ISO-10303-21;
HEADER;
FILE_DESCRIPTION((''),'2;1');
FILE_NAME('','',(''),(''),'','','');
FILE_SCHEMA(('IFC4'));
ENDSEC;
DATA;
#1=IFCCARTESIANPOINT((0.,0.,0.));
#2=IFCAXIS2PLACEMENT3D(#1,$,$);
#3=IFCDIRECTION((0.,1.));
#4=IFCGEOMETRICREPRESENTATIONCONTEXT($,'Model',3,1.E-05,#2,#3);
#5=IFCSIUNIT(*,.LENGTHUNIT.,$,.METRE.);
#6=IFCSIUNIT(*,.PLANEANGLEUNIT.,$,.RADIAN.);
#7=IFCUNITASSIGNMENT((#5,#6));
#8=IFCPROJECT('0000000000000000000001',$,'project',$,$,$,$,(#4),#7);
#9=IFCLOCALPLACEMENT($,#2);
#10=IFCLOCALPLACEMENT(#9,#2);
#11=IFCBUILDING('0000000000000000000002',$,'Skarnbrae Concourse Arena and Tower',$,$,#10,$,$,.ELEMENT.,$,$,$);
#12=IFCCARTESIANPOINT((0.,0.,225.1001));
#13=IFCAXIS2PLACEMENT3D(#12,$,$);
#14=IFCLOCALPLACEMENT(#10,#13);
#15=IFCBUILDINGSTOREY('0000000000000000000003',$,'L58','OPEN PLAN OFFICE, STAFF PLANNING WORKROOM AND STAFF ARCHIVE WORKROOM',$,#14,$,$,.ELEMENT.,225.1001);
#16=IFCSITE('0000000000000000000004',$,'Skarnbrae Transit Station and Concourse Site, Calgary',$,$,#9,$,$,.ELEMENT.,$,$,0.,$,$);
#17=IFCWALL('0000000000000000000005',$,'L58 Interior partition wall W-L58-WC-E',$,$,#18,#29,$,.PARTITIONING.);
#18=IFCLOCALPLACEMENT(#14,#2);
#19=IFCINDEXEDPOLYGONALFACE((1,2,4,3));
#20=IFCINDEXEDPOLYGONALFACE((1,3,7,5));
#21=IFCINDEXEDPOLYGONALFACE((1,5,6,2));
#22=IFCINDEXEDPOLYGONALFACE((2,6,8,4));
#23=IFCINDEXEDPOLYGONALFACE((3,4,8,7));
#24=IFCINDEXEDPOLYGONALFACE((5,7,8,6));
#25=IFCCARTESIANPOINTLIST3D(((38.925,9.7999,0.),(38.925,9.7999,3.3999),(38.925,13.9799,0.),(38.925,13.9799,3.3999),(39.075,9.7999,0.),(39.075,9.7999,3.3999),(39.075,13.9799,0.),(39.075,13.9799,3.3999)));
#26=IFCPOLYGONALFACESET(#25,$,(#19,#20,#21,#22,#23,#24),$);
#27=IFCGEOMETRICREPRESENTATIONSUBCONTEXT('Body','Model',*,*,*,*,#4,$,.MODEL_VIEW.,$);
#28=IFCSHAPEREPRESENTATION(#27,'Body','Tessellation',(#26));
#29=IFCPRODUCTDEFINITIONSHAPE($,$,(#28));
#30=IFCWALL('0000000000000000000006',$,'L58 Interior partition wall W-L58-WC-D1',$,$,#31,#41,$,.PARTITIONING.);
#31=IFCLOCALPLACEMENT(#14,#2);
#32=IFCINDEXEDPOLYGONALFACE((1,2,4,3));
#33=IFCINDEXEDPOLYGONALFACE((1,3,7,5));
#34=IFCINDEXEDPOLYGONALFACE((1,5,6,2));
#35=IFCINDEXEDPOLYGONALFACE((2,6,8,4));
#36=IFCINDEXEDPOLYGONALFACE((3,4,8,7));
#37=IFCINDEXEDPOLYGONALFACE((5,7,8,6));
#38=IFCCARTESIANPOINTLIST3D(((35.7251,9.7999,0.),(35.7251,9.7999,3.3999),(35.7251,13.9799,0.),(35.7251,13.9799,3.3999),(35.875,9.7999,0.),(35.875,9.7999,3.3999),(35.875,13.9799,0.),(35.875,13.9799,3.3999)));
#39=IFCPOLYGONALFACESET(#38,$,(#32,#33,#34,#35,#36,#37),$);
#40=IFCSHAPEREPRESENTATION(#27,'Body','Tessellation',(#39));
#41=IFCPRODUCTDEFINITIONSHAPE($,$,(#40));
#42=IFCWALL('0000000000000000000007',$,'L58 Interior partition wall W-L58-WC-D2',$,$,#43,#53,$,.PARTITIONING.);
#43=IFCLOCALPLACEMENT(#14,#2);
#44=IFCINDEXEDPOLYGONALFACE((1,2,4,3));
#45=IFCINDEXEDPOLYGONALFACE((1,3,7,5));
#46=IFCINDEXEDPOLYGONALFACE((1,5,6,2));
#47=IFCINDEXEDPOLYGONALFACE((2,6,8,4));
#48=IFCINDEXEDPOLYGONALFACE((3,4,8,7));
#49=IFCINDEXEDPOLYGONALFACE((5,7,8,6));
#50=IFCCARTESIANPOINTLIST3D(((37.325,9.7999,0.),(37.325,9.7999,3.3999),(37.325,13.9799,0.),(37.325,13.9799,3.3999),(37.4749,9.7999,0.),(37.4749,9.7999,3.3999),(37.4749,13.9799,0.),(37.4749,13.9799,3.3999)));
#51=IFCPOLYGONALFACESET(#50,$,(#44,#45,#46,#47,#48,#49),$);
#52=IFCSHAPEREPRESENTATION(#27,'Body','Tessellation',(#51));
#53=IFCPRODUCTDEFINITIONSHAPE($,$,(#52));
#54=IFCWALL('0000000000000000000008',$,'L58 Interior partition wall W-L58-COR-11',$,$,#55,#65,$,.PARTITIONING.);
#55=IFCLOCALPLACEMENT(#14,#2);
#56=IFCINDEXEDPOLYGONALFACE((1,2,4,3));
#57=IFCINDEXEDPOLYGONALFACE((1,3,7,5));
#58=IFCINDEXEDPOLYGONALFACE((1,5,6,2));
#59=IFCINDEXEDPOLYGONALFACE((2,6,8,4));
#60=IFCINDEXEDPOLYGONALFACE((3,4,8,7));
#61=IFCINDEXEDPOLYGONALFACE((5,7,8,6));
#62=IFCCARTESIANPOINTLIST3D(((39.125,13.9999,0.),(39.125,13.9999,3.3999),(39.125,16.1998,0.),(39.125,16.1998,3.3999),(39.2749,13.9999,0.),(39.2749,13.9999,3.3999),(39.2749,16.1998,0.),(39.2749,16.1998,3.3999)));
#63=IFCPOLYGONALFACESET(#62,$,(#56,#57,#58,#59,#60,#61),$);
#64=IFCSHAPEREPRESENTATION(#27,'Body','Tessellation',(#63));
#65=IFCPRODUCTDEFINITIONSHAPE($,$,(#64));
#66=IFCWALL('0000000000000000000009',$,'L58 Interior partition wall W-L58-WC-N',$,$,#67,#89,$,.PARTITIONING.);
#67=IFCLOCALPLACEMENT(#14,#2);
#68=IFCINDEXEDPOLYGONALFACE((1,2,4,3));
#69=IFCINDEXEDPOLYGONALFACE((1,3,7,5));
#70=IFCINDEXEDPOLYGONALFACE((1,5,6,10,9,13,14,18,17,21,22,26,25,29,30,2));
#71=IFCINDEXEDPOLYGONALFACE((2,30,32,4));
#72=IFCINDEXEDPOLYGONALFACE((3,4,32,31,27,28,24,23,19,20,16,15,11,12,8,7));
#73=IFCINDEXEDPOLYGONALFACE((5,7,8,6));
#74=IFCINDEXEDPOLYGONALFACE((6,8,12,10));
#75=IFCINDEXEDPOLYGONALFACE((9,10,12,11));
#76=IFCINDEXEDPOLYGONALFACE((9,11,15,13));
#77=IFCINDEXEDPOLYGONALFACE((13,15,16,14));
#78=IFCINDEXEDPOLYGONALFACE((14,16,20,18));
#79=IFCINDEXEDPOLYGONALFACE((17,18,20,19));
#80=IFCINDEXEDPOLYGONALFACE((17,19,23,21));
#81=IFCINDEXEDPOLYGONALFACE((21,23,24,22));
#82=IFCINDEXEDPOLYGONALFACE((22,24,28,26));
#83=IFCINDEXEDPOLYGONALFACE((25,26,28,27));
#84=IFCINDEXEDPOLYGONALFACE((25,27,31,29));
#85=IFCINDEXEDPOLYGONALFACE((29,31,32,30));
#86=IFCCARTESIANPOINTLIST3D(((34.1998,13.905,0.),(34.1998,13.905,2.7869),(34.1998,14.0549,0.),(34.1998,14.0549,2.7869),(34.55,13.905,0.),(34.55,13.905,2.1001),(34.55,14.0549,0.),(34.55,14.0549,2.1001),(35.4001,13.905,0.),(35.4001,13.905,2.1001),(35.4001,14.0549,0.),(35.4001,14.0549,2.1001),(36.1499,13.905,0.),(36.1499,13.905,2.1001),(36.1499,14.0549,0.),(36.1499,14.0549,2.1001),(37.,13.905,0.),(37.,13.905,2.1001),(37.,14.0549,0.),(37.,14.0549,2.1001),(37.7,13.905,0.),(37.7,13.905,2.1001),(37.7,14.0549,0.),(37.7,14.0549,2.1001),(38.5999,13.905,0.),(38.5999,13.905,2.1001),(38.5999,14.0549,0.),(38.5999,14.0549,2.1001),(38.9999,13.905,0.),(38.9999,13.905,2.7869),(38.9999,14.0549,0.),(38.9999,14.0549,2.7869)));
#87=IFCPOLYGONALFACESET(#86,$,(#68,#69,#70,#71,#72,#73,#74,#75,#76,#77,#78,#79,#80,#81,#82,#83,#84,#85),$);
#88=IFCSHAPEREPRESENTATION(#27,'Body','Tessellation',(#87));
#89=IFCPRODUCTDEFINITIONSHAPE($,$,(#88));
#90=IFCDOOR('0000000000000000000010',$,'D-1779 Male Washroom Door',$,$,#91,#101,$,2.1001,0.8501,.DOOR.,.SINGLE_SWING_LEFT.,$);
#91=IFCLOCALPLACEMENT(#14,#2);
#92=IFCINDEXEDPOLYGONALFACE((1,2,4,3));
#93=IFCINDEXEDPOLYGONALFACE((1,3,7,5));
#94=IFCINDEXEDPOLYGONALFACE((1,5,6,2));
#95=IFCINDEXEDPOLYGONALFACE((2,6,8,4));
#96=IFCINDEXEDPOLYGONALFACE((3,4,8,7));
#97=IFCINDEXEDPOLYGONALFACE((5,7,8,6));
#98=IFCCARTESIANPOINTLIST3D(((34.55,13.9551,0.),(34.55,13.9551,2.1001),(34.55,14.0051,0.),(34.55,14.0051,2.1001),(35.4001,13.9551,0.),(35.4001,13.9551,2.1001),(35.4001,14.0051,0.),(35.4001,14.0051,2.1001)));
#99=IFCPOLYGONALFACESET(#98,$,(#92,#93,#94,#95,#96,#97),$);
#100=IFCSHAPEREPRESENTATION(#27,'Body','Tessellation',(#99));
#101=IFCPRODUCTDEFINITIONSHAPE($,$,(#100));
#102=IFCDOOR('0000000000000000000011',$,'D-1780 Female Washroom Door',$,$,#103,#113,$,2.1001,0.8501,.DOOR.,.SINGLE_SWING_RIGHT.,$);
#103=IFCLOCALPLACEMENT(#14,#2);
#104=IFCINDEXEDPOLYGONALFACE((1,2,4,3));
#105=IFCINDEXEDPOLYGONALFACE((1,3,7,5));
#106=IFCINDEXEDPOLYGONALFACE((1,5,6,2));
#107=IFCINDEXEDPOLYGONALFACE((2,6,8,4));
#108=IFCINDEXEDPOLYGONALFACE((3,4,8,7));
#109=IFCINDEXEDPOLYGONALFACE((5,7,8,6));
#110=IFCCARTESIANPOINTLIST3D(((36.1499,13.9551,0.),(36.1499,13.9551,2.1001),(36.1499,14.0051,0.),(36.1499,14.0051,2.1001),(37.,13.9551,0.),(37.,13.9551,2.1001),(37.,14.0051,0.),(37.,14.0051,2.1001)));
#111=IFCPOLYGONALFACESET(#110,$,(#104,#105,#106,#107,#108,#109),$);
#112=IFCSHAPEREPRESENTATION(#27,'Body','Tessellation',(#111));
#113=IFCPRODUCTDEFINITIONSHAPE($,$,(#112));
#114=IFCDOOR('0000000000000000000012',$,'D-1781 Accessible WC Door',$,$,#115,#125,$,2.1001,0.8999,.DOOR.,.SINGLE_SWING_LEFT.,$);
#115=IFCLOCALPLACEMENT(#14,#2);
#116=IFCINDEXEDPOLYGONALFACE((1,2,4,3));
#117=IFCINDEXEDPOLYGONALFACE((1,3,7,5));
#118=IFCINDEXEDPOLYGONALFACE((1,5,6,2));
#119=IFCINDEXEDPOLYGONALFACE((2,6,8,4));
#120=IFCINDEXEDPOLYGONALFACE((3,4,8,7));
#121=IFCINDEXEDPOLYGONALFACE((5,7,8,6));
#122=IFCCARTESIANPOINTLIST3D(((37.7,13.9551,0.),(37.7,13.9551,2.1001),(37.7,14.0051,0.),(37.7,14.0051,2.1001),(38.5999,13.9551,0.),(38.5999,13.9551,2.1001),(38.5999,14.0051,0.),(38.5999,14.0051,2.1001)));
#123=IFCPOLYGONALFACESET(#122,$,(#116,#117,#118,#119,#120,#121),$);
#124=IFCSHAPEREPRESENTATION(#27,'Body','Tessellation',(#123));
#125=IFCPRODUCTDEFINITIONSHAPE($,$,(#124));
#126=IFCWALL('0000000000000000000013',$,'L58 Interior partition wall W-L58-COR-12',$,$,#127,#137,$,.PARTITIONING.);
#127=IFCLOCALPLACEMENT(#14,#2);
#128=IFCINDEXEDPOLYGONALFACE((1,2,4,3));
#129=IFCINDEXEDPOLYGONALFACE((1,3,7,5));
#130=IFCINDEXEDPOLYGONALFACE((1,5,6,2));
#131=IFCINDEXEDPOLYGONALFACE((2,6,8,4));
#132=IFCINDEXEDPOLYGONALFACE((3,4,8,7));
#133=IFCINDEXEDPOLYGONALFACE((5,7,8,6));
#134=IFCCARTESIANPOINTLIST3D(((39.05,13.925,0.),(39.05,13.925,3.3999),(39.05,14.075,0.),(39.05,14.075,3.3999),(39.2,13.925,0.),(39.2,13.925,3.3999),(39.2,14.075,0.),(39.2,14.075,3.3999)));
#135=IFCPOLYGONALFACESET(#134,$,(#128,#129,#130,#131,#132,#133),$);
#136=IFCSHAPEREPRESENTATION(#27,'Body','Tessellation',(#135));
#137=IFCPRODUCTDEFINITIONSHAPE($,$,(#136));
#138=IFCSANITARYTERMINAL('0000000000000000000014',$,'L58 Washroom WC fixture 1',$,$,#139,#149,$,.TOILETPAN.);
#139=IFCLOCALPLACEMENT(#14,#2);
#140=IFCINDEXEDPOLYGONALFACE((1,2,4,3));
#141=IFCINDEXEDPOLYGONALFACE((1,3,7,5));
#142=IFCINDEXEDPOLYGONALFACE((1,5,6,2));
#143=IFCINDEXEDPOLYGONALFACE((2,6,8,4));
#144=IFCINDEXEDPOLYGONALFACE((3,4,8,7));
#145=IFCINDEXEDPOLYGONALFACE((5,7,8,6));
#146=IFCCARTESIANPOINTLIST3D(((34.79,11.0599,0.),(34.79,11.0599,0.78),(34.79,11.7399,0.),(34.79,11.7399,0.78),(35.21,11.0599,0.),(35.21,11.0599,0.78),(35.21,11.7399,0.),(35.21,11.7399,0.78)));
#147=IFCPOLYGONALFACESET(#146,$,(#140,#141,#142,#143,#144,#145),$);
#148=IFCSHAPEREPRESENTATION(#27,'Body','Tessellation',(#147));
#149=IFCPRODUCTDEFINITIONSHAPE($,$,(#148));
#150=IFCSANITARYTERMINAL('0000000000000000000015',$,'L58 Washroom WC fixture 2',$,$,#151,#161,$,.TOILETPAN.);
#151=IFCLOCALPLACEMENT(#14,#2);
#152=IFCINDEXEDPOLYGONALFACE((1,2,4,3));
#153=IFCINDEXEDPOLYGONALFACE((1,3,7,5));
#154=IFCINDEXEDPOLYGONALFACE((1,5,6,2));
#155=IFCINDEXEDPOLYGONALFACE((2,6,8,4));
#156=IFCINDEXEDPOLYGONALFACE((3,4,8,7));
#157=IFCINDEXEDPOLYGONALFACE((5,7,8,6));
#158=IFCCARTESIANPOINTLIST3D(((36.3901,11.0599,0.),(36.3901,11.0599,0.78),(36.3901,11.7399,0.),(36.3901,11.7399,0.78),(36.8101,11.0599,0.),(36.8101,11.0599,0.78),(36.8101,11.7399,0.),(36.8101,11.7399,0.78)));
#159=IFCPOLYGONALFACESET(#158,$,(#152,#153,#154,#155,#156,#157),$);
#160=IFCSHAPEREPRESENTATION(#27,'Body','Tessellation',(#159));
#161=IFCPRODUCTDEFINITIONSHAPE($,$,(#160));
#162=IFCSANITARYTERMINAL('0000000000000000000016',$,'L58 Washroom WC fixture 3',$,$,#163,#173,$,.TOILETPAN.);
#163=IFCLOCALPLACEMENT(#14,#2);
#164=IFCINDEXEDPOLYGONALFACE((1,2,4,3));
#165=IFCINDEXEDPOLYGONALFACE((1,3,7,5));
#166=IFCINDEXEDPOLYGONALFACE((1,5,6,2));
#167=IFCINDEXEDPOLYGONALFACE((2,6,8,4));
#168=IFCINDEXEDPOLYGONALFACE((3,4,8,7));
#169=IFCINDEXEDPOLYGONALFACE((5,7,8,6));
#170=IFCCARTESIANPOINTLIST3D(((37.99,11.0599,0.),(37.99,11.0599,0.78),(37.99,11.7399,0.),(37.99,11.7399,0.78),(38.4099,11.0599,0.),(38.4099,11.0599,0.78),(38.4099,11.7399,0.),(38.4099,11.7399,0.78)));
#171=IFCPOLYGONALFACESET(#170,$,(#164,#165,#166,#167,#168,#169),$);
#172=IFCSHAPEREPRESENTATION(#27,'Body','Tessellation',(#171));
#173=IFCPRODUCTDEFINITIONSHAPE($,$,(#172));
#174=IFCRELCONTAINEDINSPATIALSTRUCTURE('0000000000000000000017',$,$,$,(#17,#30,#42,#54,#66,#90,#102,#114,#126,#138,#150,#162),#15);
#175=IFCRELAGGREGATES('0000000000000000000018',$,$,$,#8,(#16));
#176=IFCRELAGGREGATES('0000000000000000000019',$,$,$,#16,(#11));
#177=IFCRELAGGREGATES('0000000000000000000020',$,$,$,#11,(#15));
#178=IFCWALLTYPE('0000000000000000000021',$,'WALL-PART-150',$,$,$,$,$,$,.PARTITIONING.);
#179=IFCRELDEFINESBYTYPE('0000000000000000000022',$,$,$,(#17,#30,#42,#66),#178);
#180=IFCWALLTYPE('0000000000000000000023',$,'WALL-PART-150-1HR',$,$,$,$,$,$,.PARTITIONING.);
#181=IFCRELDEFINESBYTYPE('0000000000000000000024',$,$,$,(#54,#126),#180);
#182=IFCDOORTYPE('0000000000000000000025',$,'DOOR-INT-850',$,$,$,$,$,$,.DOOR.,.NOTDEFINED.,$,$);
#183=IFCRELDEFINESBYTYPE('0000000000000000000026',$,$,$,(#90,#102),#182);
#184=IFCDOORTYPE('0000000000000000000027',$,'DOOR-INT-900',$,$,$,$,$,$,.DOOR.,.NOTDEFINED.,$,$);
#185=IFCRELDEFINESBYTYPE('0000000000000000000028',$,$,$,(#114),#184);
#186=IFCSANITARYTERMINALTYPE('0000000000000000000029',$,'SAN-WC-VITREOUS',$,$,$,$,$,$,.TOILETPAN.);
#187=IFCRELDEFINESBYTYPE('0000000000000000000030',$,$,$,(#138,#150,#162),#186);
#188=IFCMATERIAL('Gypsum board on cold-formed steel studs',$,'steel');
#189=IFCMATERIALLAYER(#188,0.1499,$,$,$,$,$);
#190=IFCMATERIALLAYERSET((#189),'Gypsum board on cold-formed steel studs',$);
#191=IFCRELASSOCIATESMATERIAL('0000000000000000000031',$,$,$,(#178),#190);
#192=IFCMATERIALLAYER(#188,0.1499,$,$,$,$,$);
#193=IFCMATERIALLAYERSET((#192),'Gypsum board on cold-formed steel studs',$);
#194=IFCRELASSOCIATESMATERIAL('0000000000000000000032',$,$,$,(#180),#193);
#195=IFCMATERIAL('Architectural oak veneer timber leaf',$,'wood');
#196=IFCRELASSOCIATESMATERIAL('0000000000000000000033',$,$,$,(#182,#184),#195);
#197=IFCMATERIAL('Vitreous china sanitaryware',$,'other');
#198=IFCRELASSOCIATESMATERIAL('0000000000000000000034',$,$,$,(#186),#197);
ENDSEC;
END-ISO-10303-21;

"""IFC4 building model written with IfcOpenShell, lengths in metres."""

from ifc_helpers import new_model, si_unit, direction, frame, frame_2d, origin, origin_2d, place, context, subcontext, project, spatial, rectangle, extrude, source, transform, mapped, material, layer, layer_set, type_object, element, fill, save


model = new_model("IFC4")

# Units and contexts
model_context = context("Model", 3, precision=1e-05, world=origin(), true_north=direction((0.0, 1.0)))
body_context = subcontext(model_context, "Body", "Model", "MODEL_VIEW")
ifc_project = project(units=[si_unit("LENGTHUNIT", "METRE"), si_unit("PLANEANGLEUNIT", "RADIAN")], contexts=[model_context])

# Site, building, storey
site_placement = place(None, origin())
site = spatial("IfcSite", under=ifc_project, at=site_placement, Name="Skarnbrae Transit Station and Concourse Site, Calgary", CompositionType="ELEMENT", RefElevation=0.0)
building_placement = place(site_placement, origin())
building = spatial("IfcBuilding", under=site, at=building_placement, Name="Skarnbrae Concourse Arena and Tower", CompositionType="ELEMENT")
storey_placement = place(building_placement, frame((0.0, 0.0, 225.1001)))
storey = spatial("IfcBuildingStorey", under=building, at=storey_placement, Name="L58", Description="OPEN PLAN OFFICE, STAFF PLANNING WORKROOM AND STAFF ARCHIVE WORKROOM", CompositionType="ELEMENT", Elevation=225.1001)

# Walls
ifc_material_1 = material(Name="Gypsum board on cold-formed steel studs", Category="steel")
ifc_layer_1 = layer(ifc_material_1, 0.1499)
ifc_layer_set_1 = layer_set([ifc_layer_1], Name="Gypsum board on cold-formed steel studs")
wall_type_1 = type_object("IfcWallType", Name="WALL-PART-150", PredefinedType="PARTITIONING", material=ifc_layer_set_1)
shared_shape_1 = source(origin(), body_context, "Body", "SweptSolid", [
    extrude(rectangle(XDim=4.1799, YDim=0.1499, at=frame_2d((2.0898, 0.0))), origin(), (0.0, 0.0, 1.0), 3.3999),
])
for number, where, z_axis, x_axis, name in (
    (1, (39.0, 9.8, 0.0), (0.0, 0.0, 1.0), (0.0, 1.0, 0.0), "L58 Interior partition wall W-L58-WC-E"),
    (2, (35.8, 9.8, 0.0), (0.0, 0.0, 1.0), (0.0, 1.0, 0.0), "L58 Interior partition wall W-L58-WC-D1"),
    (3, (37.3999, 9.8, 0.0), (0.0, 0.0, 1.0), (0.0, 1.0, 0.0), "L58 Interior partition wall W-L58-WC-D2"),
):
    element("IfcWall", number, at=place(storey_placement, frame(where, z_axis=z_axis, x_axis=x_axis)), inside=storey, type_object=wall_type_1, Name=name, PredefinedType="PARTITIONING", context=body_context, shape_type="MappedRepresentation", body=[
        mapped(shared_shape_1, transform((0.0, 0.0, 0.0))),
    ])
ifc_layer_2 = layer(ifc_material_1, 0.1499)
ifc_layer_set_2 = layer_set([ifc_layer_2], Name="Gypsum board on cold-formed steel studs")
wall_type_2 = type_object("IfcWallType", Name="WALL-PART-150-1HR", PredefinedType="PARTITIONING", material=ifc_layer_set_2)
shared_shape_2 = source(origin(), body_context, "Body", "SweptSolid", [
    extrude(rectangle(XDim=2.2, YDim=0.1499, at=frame_2d((1.1001, 0.0))), origin(), (0.0, 0.0, 1.0), 3.3999),
])
wall_1_placement = place(storey_placement, frame((39.2, 16.2, 0.0), z_axis=(0.0, 0.0, 1.0), x_axis=(0.0, -1.0, 0.0)))
element("IfcWall", 4, at=wall_1_placement, inside=storey, type_object=wall_type_2, Name="L58 Interior partition wall W-L58-COR-11", PredefinedType="PARTITIONING", context=body_context, shape_type="MappedRepresentation", body=[
    mapped(shared_shape_2, transform((0.0, 0.0, 0.0))),
])

# Wall, openings, doors
shared_shape_3 = source(origin(), body_context, "Body", "SweptSolid", [
    extrude(rectangle(XDim=4.8, YDim=0.1499, at=frame_2d((2.3999, 0.0))), origin(), (0.0, 0.0, 1.0), 2.7869),
])
wall_2_placement = place(storey_placement, frame((34.2, 13.98, 0.0), z_axis=(0.0, 0.0, 1.0), x_axis=(1.0, 0.0, 0.0)))
wall_2 = element("IfcWall", 5, at=wall_2_placement, inside=storey, type_object=wall_type_1, Name="L58 Interior partition wall W-L58-WC-N", PredefinedType="PARTITIONING", context=body_context, shape_type="MappedRepresentation", body=[
    mapped(shared_shape_3, transform((0.0, 0.0, 0.0))),
])
opening_1_placement = place(wall_2_placement, frame((0.3501, 0.0, 0.0)))
opening_1 = element("IfcOpeningElement", 6, at=opening_1_placement, cuts=wall_2, PredefinedType="OPENING", context=body_context, shape_type="SweptSolid", body=[
    extrude(rectangle(XDim=0.8501, YDim=2.1001, at=frame_2d((0.425, 1.05))), frame((0.0, 0.085, 0.0), z_axis=(0.0, -1.0, 0.0), x_axis=(1.0, 0.0, 0.0)), (0.0, 0.0, 1.0), 0.1699),
])
opening_2_placement = place(wall_2_placement, frame((1.95, 0.0, 0.0)))
opening_2 = element("IfcOpeningElement", 7, at=opening_2_placement, cuts=wall_2, PredefinedType="OPENING", context=body_context, shape_type="SweptSolid", body=[
    extrude(rectangle(XDim=0.8501, YDim=2.1001, at=frame_2d((0.425, 1.05))), frame((0.0, 0.085, 0.0), z_axis=(0.0, -1.0, 0.0), x_axis=(1.0, 0.0, 0.0)), (0.0, 0.0, 1.0), 0.1699),
])
opening_3_placement = place(wall_2_placement, frame((3.5, 0.0, 0.0)))
opening_3 = element("IfcOpeningElement", 8, at=opening_3_placement, cuts=wall_2, PredefinedType="OPENING", context=body_context, shape_type="SweptSolid", body=[
    extrude(rectangle(XDim=0.8999, YDim=2.1001, at=frame_2d((0.45, 1.05))), frame((0.0, 0.085, 0.0), z_axis=(0.0, -1.0, 0.0), x_axis=(1.0, 0.0, 0.0)), (0.0, 0.0, 1.0), 0.1699),
])
ifc_material_2 = material(Name="Architectural oak veneer timber leaf", Category="wood")
door_type_1 = type_object("IfcDoorType", Name="DOOR-INT-850", OperationType="NOTDEFINED", PredefinedType="DOOR", material=ifc_material_2)
shared_shape_4 = source(origin(), body_context, "Body", "SweptSolid", [
    extrude(rectangle(XDim=0.8501, YDim=2.1001, at=frame_2d((0.425, 1.05))), frame((0.0, 0.0249, 0.0), z_axis=(0.0, -1.0, 0.0), x_axis=(1.0, 0.0, 0.0)), (0.0, 0.0, 1.0), 0.05),
])
door_1_placement = place(opening_1_placement, frame((0.8501, 0.0, 0.0), z_axis=(0.0, 0.0, 1.0), x_axis=(-1.0, 0.0, 0.0)))
door_1 = element("IfcDoor", 9, at=door_1_placement, inside=storey, type_object=door_type_1, Name="D-1779 Male Washroom Door", OperationType="SINGLE_SWING_LEFT", OverallHeight=2.1001, OverallWidth=0.8501, PredefinedType="DOOR", context=body_context, shape_type="MappedRepresentation", body=[
    mapped(shared_shape_4, transform((0.0, 0.0, 0.0))),
])
fill(opening_1, door_1)
door_2_placement = place(opening_2_placement, frame((0.8501, 0.0, 0.0), z_axis=(0.0, 0.0, 1.0), x_axis=(-1.0, 0.0, 0.0)))
door_2 = element("IfcDoor", 10, at=door_2_placement, inside=storey, type_object=door_type_1, Name="D-1780 Female Washroom Door", OperationType="SINGLE_SWING_RIGHT", OverallHeight=2.1001, OverallWidth=0.8501, PredefinedType="DOOR", context=body_context, shape_type="MappedRepresentation", body=[
    mapped(shared_shape_4, transform((0.0, 0.0, 0.0))),
])
fill(opening_2, door_2)
door_type_2 = type_object("IfcDoorType", Name="DOOR-INT-900", OperationType="NOTDEFINED", PredefinedType="DOOR", material=ifc_material_2)
shared_shape_5 = source(origin(), body_context, "Body", "SweptSolid", [
    extrude(rectangle(XDim=0.8999, YDim=2.1001, at=frame_2d((0.45, 1.05))), frame((0.0, 0.0249, 0.0), z_axis=(0.0, -1.0, 0.0), x_axis=(1.0, 0.0, 0.0)), (0.0, 0.0, 1.0), 0.05),
])
door_3_placement = place(opening_3_placement, frame((0.8999, 0.0, 0.0), z_axis=(0.0, 0.0, 1.0), x_axis=(-1.0, 0.0, 0.0)))
door_3 = element("IfcDoor", 11, at=door_3_placement, inside=storey, type_object=door_type_2, Name="D-1781 Accessible WC Door", OperationType="SINGLE_SWING_LEFT", OverallHeight=2.1001, OverallWidth=0.8999, PredefinedType="DOOR", context=body_context, shape_type="MappedRepresentation", body=[
    mapped(shared_shape_5, transform((0.0, 0.0, 0.0))),
])
fill(opening_3, door_3)

# Wall
shared_shape_6 = source(origin(), body_context, "Body", "SweptSolid", [
    extrude(rectangle(XDim=0.1499, YDim=0.1499, at=frame_2d((0.075, 0.0))), origin(), (0.0, 0.0, 1.0), 3.3999),
])
wall_3_placement = place(storey_placement, frame((39.2, 14.0, 0.0), z_axis=(0.0, 0.0, 1.0), x_axis=(-1.0, 0.0, 0.0)))
element("IfcWall", 12, at=wall_3_placement, inside=storey, type_object=wall_type_2, Name="L58 Interior partition wall W-L58-COR-12", PredefinedType="PARTITIONING", context=body_context, shape_type="MappedRepresentation", body=[
    mapped(shared_shape_6, transform((0.0, 0.0, 0.0))),
])

# Sanitary terminals
ifc_material_3 = material(Name="Vitreous china sanitaryware", Category="other")
sanitary_terminal_type = type_object("IfcSanitaryTerminalType", Name="SAN-WC-VITREOUS", PredefinedType="TOILETPAN", material=ifc_material_3)
shared_shape_7 = source(origin(), body_context, "Body", "SweptSolid", [
    extrude(rectangle(XDim=0.4199, YDim=0.6799, at=origin_2d()), origin(), (0.0, 0.0, 1.0), 0.78),
])
for number, where, z_axis, x_axis, name in (
    (13, (35.0, 11.3999, 0.0), (0.0, 0.0, 1.0), (1.0, 0.0, 0.0), "L58 Washroom WC fixture 1"),
    (14, (36.6001, 11.3999, 0.0), (0.0, 0.0, 1.0), (1.0, 0.0, 0.0), "L58 Washroom WC fixture 2"),
    (15, (38.2, 11.3999, 0.0), (0.0, 0.0, 1.0), (1.0, 0.0, 0.0), "L58 Washroom WC fixture 3"),
):
    element("IfcSanitaryTerminal", number, at=place(storey_placement, frame(where, z_axis=z_axis, x_axis=x_axis)), inside=storey, type_object=sanitary_terminal_type, Name=name, PredefinedType="TOILETPAN", context=body_context, shape_type="MappedRepresentation", body=[
        mapped(shared_shape_7, transform((0.0, 0.0, 0.0))),
    ])

save(model, "model.ifc")
